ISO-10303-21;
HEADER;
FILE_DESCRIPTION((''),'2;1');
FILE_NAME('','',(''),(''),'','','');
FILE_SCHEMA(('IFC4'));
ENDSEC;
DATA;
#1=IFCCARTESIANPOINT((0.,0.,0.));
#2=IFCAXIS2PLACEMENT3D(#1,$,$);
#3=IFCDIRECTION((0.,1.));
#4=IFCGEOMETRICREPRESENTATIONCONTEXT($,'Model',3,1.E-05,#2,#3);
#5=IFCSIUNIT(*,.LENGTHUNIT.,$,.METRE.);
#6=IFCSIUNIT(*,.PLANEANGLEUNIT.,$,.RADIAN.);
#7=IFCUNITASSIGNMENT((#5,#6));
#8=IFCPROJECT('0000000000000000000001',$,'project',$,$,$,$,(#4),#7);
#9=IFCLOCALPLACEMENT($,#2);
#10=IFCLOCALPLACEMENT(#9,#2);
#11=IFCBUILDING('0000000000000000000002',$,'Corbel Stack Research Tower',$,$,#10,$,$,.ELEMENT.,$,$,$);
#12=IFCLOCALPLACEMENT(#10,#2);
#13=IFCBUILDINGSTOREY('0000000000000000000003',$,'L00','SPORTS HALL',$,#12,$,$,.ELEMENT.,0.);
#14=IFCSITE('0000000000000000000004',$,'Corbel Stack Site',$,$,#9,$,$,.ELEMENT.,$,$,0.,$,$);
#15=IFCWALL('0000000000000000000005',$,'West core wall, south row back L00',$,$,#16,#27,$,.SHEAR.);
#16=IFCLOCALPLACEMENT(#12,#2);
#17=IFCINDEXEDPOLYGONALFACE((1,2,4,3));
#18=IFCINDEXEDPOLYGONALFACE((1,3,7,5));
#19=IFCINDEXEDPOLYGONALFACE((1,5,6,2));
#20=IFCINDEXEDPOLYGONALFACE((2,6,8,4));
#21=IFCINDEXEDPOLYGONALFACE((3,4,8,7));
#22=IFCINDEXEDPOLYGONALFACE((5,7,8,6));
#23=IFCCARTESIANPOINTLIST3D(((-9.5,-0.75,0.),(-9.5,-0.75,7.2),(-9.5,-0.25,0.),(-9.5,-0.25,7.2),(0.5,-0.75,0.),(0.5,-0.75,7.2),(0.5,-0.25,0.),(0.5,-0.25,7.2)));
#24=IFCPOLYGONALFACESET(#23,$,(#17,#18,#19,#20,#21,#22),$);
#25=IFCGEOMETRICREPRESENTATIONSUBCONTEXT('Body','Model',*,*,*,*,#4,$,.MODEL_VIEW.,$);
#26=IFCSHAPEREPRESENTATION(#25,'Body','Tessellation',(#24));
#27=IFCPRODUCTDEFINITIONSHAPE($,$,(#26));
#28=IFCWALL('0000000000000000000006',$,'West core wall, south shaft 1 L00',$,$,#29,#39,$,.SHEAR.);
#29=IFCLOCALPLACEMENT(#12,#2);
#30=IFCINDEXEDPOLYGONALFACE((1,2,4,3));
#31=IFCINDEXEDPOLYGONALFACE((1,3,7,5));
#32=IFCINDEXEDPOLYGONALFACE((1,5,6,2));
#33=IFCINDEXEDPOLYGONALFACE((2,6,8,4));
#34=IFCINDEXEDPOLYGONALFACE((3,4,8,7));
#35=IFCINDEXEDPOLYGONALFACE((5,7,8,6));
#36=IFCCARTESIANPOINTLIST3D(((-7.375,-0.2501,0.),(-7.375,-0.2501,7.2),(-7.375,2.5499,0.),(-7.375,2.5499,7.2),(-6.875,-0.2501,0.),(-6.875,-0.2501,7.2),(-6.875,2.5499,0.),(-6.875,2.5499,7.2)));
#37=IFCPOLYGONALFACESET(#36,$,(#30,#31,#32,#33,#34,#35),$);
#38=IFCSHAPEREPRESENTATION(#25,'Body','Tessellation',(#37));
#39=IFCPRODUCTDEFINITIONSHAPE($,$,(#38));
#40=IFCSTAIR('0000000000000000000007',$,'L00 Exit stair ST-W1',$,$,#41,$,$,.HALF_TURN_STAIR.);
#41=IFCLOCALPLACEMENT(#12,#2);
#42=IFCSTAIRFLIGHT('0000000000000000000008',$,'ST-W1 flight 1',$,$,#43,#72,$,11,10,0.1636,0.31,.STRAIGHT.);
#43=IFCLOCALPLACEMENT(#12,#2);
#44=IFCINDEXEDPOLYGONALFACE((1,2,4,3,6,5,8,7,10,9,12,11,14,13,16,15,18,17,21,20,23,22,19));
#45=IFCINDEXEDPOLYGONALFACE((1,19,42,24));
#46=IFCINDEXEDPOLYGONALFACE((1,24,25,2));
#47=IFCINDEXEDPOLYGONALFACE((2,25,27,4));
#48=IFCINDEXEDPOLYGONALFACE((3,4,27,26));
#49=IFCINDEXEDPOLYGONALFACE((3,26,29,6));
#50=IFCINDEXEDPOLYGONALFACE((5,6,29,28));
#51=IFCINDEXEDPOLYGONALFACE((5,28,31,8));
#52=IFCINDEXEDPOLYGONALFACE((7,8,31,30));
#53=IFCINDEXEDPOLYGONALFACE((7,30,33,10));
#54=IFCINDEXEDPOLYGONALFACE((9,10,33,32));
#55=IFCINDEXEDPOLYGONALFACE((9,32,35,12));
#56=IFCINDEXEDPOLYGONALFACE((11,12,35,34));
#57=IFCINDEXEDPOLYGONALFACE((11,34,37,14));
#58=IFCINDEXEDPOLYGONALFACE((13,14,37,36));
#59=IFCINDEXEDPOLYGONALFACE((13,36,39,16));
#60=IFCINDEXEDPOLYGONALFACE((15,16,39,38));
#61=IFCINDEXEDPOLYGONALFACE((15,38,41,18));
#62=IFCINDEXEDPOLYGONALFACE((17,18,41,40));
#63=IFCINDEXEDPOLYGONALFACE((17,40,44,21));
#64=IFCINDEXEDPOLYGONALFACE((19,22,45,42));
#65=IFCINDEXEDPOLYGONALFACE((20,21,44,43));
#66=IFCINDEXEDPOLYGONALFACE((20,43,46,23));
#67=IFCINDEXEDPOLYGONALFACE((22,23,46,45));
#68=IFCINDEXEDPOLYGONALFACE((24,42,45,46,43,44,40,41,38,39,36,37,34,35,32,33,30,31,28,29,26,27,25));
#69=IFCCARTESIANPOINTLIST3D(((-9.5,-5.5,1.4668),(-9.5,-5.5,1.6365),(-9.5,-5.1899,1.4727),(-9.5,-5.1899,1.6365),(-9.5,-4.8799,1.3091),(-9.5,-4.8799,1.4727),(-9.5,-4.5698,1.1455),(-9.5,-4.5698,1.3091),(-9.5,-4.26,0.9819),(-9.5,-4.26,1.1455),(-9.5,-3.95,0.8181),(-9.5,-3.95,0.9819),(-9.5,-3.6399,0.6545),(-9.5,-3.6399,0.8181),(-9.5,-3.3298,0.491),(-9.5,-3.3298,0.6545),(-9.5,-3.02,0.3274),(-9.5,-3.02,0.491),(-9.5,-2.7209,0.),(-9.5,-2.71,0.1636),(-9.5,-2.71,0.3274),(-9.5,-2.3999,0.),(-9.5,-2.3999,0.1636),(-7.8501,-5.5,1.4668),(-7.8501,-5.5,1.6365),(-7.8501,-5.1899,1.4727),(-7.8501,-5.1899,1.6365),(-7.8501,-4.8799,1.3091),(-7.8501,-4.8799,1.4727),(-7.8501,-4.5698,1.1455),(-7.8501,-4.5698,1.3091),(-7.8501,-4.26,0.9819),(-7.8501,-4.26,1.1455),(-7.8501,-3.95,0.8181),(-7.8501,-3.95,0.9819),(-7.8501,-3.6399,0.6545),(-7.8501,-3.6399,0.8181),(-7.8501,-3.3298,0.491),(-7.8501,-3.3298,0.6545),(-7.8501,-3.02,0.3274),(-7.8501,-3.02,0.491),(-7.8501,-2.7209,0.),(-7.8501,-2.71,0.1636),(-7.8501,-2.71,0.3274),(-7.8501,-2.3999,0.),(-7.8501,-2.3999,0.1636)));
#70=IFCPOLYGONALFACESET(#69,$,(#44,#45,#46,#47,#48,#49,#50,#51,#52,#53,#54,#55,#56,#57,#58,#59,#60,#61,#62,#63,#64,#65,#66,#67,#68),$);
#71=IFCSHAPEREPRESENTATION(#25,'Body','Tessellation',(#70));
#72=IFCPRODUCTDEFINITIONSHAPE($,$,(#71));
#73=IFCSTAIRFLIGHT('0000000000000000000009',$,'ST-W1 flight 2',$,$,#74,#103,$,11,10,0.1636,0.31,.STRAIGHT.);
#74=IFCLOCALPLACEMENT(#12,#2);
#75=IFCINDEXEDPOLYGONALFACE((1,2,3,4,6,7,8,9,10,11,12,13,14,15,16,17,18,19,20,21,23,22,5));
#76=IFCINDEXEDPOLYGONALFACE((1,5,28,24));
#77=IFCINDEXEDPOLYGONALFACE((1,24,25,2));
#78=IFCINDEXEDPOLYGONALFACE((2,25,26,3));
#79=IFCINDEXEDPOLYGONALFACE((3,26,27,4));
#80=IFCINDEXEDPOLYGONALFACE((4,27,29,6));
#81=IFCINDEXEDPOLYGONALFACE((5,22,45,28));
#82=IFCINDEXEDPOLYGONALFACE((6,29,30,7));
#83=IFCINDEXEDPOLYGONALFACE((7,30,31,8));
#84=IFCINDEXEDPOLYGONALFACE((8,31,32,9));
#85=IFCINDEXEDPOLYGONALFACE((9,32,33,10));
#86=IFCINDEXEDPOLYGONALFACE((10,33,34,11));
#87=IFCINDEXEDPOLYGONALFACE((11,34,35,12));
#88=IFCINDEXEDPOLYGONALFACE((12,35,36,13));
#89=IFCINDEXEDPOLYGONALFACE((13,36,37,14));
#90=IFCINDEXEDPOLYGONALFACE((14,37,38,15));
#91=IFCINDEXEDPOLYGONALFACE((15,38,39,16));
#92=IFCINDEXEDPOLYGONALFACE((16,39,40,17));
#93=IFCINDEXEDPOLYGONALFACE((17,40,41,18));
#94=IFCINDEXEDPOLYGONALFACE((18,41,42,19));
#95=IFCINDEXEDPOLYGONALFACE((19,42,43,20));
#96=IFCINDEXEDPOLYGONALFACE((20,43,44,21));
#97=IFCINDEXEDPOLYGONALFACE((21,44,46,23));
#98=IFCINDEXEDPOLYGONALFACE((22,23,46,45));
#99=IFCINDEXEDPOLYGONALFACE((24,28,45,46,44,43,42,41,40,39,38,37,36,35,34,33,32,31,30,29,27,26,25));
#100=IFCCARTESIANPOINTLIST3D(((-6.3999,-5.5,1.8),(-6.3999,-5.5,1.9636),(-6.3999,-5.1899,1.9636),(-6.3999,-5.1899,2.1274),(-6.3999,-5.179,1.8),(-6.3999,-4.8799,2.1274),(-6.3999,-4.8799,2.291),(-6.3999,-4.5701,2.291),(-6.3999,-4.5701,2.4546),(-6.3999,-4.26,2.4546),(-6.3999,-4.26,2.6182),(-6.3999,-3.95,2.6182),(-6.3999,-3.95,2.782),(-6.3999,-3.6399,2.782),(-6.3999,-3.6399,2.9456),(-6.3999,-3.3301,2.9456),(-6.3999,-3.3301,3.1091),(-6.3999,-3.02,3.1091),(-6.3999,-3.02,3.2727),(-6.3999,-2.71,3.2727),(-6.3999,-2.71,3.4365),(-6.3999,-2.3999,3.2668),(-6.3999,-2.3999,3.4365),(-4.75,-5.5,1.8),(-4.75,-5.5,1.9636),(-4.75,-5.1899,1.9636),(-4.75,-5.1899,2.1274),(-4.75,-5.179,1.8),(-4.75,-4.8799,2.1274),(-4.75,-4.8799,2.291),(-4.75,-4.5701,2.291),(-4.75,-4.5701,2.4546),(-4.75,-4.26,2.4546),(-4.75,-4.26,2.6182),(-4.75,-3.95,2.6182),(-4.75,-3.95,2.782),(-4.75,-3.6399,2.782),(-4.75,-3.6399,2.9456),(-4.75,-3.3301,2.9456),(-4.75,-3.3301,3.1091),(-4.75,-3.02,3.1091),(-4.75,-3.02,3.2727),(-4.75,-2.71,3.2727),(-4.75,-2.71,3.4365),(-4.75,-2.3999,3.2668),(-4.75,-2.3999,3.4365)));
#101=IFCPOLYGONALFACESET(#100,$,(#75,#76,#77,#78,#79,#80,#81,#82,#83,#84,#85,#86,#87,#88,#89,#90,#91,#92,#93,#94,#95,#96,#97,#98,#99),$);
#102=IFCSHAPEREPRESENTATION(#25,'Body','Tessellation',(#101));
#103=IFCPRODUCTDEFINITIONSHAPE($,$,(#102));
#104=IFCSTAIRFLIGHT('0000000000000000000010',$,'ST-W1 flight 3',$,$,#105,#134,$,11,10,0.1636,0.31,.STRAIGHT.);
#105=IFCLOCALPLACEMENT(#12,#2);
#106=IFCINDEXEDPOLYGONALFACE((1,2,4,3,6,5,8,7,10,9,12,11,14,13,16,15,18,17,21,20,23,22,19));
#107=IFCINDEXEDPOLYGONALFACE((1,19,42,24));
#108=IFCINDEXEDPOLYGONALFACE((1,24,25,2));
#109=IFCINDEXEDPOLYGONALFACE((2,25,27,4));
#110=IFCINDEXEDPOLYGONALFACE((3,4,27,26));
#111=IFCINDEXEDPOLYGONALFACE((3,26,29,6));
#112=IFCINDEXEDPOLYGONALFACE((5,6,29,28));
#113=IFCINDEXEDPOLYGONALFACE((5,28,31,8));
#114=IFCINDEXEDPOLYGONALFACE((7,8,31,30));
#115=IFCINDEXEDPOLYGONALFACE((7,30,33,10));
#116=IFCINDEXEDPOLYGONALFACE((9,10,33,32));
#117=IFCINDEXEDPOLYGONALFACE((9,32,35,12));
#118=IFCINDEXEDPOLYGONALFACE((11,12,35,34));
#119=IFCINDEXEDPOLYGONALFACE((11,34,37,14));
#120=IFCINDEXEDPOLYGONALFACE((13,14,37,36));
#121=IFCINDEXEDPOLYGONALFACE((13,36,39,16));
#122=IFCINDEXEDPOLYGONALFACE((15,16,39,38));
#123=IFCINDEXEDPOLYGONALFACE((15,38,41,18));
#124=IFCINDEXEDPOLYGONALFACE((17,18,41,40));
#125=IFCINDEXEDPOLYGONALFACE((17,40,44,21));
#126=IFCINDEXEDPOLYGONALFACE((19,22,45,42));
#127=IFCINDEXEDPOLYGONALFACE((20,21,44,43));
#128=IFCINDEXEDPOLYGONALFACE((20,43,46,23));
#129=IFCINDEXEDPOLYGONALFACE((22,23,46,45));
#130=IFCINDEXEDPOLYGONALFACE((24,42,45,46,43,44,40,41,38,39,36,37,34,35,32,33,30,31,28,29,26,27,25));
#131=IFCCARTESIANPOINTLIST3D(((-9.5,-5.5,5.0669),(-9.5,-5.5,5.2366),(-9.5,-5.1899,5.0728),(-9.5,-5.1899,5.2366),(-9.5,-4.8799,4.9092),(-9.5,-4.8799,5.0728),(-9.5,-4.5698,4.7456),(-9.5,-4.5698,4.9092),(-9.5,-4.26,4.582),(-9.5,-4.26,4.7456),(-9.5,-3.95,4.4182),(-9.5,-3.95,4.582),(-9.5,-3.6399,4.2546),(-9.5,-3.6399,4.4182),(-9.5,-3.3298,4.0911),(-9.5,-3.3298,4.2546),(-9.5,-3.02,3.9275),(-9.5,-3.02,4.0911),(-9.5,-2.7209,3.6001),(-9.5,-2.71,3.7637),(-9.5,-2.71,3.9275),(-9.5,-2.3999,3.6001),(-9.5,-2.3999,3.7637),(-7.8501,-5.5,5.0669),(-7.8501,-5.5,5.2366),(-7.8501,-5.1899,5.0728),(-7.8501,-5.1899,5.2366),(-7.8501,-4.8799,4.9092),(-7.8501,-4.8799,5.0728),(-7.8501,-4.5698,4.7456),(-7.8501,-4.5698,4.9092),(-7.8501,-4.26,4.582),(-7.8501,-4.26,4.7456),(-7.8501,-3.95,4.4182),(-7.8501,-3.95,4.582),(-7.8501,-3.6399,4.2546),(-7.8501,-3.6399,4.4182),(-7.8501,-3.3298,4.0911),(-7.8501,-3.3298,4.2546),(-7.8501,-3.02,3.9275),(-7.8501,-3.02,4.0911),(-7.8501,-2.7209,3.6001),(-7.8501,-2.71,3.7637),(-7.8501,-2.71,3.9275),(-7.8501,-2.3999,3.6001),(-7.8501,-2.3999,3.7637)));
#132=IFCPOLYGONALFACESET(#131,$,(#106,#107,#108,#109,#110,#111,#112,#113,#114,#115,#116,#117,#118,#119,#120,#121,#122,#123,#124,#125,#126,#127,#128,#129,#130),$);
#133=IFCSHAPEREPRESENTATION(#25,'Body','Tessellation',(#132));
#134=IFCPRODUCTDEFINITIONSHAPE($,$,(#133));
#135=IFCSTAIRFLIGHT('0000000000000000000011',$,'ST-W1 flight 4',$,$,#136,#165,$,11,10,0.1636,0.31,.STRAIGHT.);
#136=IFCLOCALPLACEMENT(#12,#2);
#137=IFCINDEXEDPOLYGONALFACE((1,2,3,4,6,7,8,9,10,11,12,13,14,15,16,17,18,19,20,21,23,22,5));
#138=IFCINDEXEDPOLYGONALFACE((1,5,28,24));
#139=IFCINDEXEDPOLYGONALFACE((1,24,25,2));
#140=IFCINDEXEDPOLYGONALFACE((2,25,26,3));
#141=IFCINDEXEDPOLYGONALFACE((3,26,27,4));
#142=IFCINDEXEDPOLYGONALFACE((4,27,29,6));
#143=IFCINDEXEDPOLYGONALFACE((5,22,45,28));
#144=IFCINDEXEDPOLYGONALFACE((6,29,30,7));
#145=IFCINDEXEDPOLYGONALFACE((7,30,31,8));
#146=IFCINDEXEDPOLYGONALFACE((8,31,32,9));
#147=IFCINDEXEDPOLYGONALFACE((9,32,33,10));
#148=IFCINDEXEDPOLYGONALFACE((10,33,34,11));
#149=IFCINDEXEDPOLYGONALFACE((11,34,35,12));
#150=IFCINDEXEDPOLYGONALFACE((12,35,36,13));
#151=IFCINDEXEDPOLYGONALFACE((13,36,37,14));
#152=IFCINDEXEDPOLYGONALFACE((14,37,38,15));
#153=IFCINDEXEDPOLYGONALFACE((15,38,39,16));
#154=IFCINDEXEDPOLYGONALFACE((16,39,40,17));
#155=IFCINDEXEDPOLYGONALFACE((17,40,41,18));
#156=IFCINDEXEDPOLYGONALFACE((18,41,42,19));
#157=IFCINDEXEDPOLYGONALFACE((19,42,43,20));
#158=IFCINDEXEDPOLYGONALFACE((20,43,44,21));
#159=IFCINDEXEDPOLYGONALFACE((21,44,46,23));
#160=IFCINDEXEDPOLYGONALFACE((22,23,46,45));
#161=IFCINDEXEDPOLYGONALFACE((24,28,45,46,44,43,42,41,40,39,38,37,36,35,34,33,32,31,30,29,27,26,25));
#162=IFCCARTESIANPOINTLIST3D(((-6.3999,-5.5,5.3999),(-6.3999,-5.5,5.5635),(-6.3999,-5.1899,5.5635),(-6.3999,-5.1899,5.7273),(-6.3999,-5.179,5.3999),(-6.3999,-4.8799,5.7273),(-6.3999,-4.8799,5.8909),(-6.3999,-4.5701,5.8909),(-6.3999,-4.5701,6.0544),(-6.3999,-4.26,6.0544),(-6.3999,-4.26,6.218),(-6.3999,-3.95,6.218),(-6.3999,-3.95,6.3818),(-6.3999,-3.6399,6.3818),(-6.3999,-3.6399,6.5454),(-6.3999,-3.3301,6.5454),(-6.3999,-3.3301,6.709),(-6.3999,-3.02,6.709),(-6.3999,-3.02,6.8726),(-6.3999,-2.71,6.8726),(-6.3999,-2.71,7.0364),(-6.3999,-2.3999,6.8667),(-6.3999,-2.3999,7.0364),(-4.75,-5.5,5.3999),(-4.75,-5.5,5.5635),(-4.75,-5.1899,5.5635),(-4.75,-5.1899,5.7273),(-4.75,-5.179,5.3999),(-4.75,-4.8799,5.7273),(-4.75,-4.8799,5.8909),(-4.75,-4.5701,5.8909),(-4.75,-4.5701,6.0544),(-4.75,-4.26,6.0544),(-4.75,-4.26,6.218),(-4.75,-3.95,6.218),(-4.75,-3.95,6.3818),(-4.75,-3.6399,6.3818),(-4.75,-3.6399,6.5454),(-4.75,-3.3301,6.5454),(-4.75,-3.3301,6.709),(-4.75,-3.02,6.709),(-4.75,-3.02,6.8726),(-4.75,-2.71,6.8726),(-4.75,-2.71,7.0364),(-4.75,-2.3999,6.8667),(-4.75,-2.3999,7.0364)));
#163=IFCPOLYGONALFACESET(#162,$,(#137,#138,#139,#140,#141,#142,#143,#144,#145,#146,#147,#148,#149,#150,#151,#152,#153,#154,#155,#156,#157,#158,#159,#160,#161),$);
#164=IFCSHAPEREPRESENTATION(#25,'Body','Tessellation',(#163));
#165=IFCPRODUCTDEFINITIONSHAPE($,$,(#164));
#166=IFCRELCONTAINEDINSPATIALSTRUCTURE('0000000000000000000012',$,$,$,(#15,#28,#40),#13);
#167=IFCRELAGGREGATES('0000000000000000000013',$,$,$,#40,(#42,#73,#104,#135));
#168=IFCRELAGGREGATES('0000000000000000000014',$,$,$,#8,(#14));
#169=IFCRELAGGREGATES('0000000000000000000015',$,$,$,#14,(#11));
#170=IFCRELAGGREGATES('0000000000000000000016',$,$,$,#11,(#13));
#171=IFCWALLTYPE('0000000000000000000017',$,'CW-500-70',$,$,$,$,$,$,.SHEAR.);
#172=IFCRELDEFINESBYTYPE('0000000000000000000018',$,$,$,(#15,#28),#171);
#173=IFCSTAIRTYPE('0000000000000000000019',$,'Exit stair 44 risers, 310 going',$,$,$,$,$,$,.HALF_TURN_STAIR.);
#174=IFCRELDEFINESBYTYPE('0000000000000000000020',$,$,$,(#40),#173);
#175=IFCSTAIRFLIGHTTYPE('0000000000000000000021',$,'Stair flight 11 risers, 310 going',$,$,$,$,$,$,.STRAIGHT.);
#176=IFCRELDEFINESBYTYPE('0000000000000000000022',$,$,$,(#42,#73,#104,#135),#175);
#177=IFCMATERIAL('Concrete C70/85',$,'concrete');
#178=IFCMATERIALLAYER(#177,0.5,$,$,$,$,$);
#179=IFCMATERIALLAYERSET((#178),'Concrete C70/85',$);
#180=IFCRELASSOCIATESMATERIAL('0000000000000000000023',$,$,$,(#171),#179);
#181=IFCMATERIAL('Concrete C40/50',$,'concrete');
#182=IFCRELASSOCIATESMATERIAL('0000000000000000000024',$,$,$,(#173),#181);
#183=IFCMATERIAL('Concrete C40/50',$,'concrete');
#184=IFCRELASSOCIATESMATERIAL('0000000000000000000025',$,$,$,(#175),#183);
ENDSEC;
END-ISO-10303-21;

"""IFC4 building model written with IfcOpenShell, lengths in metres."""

from ifc_helpers import new_model, si_unit, direction, frame, frame_2d, origin, place, context, subcontext, project, spatial, polyline, rectangle, outline, extrude, material, layer, layer_set, type_object, element, aggregate, save


model = new_model("IFC4")

# Units and contexts
model_context = context("Model", 3, precision=1e-05, world=origin(), true_north=direction((0.0, 1.0)))
body_context = subcontext(model_context, "Body", "Model", "MODEL_VIEW")
ifc_project = project(units=[si_unit("LENGTHUNIT", "METRE"), si_unit("PLANEANGLEUNIT", "RADIAN")], contexts=[model_context])

# Site, building, storey
site_placement = place(None, origin())
site = spatial("IfcSite", under=ifc_project, at=site_placement, Name="Corbel Stack Site", CompositionType="ELEMENT", RefElevation=0.0)
building_placement = place(site_placement, origin())
building = spatial("IfcBuilding", under=site, at=building_placement, Name="Corbel Stack Research Tower", CompositionType="ELEMENT")
storey_placement = place(building_placement, origin())
storey = spatial("IfcBuildingStorey", under=building, at=storey_placement, Name="L00", Description="SPORTS HALL", CompositionType="ELEMENT", Elevation=0.0)

# Walls
ifc_material_1 = material(Name="Concrete C70/85", Category="concrete")
ifc_layer = layer(ifc_material_1, 0.5)
ifc_layer_set = layer_set([ifc_layer], Name="Concrete C70/85")
wall_type = type_object("IfcWallType", Name="CW-500-70", PredefinedType="SHEAR", material=ifc_layer_set)
wall_1_placement = place(storey_placement, frame((-9.5, -0.5, 0.0), z_axis=(0.0, 0.0, 1.0), x_axis=(1.0, 0.0, 0.0)))
element("IfcWall", 1, at=wall_1_placement, inside=storey, type_object=wall_type, Name="West core wall, south row back L00", PredefinedType="SHEAR", context=body_context, shape_type="SweptSolid", body=[
    extrude(rectangle(XDim=10.0, YDim=0.5, at=frame_2d((5.0, 0.0))), origin(), (0.0, 0.0, 1.0), 7.2),
])
wall_2_placement = place(storey_placement, frame((-7.125, -0.25, 0.0), z_axis=(0.0, 0.0, 1.0), x_axis=(0.0, 1.0, 0.0)))
element("IfcWall", 2, at=wall_2_placement, inside=storey, type_object=wall_type, Name="West core wall, south shaft 1 L00", PredefinedType="SHEAR", context=body_context, shape_type="SweptSolid", body=[
    extrude(rectangle(XDim=2.8, YDim=0.5, at=frame_2d((1.3999, 0.0))), origin(), (0.0, 0.0, 1.0), 7.2),
])

# Stair, stair flights
ifc_material_2 = material(Name="Concrete C40/50", Category="concrete")
stair_type = type_object("IfcStairType", Name="Exit stair 44 risers, 310 going", PredefinedType="HALF_TURN_STAIR", material=ifc_material_2)
stair_placement = place(storey_placement, origin())
stair = element("IfcStair", 3, at=stair_placement, inside=storey, type_object=stair_type, Name="L00 Exit stair ST-W1", PredefinedType="HALF_TURN_STAIR")
ifc_material_3 = material(Name="Concrete C40/50", Category="concrete")
stair_flight_type = type_object("IfcStairFlightType", Name="Stair flight 11 risers, 310 going", PredefinedType="STRAIGHT", material=ifc_material_3)
stair_flight_1_placement = place(storey_placement, frame((-8.675, -2.3999, 0.0), z_axis=(0.0, 0.0, 1.0), x_axis=(0.0, -1.0, 0.0)))
stair_flight_1 = element("IfcStairFlight", 4, at=stair_flight_1_placement, type_object=stair_flight_type, Name="ST-W1 flight 1", NumberOfRisers=11, NumberOfTreads=10, PredefinedType="STRAIGHT", RiserHeight=0.1636, TreadLength=0.31, context=body_context, shape_type="SweptSolid", body=[
    extrude(outline(polyline([(0.0, 0.0), (0.0, 0.1636), (0.3101, 0.1636), (0.3101, 0.3274), (0.6201, 0.3274), (0.6201, 0.491), (0.9299, 0.491), (0.9299, 0.6545), (1.24, 0.6545), (1.24, 0.8181), (1.55, 0.8181), (1.55, 0.9819), (1.8601, 0.9819), (1.8601, 1.1455), (2.1699, 1.1455), (2.1699, 1.3091), (2.48, 1.3091), (2.48, 1.4727), (2.79, 1.4727), (2.79, 1.6365), (3.1001, 1.6365), (3.1001, 1.8), (3.1001, 1.4668), (0.321, 0.0), (0.0, 0.0)])), frame((0.0, 0.825, 0.0), z_axis=(0.0, -1.0, 0.0), x_axis=(1.0, 0.0, 0.0)), (0.0, 0.0, 1.0), 1.6499),
])
stair_flight_2_placement = place(storey_placement, frame((-5.575, -5.5, 1.8), z_axis=(0.0, 0.0, 1.0), x_axis=(0.0, 1.0, 0.0)))
stair_flight_2 = element("IfcStairFlight", 5, at=stair_flight_2_placement, type_object=stair_flight_type, Name="ST-W1 flight 2", NumberOfRisers=11, NumberOfTreads=10, PredefinedType="STRAIGHT", RiserHeight=0.1636, TreadLength=0.31, context=body_context, shape_type="SweptSolid", body=[
    extrude(outline(polyline([(0.0, 0.0), (0.0, 0.1636), (0.3101, 0.1636), (0.3101, 0.3274), (0.6201, 0.3274), (0.6201, 0.491), (0.9299, 0.491), (0.9299, 0.6545), (1.24, 0.6545), (1.24, 0.8181), (1.55, 0.8181), (1.55, 0.9819), (1.8601, 0.9819), (1.8601, 1.1455), (2.1699, 1.1455), (2.1699, 1.3091), (2.48, 1.3091), (2.48, 1.4727), (2.79, 1.4727), (2.79, 1.6365), (3.1001, 1.6365), (3.1001, 1.8), (3.1001, 1.4668), (0.321, 0.0), (0.0, 0.0)])), frame((0.0, 0.825, 0.0), z_axis=(0.0, -1.0, 0.0), x_axis=(1.0, 0.0, 0.0)), (0.0, 0.0, 1.0), 1.6499),
])
stair_flight_3_placement = place(storey_placement, frame((-8.675, -2.3999, 3.6001), z_axis=(0.0, 0.0, 1.0), x_axis=(0.0, -1.0, 0.0)))
stair_flight_3 = element("IfcStairFlight", 6, at=stair_flight_3_placement, type_object=stair_flight_type, Name="ST-W1 flight 3", NumberOfRisers=11, NumberOfTreads=10, PredefinedType="STRAIGHT", RiserHeight=0.1636, TreadLength=0.31, context=body_context, shape_type="SweptSolid", body=[
    extrude(outline(polyline([(0.0, 0.0), (0.0, 0.1636), (0.3101, 0.1636), (0.3101, 0.3274), (0.6201, 0.3274), (0.6201, 0.491), (0.9299, 0.491), (0.9299, 0.6545), (1.24, 0.6545), (1.24, 0.8181), (1.55, 0.8181), (1.55, 0.9819), (1.8601, 0.9819), (1.8601, 1.1455), (2.1699, 1.1455), (2.1699, 1.3091), (2.48, 1.3091), (2.48, 1.4727), (2.79, 1.4727), (2.79, 1.6365), (3.1001, 1.6365), (3.1001, 1.8), (3.1001, 1.4668), (0.321, 0.0), (0.0, 0.0)])), frame((0.0, 0.825, 0.0), z_axis=(0.0, -1.0, 0.0), x_axis=(1.0, 0.0, 0.0)), (0.0, 0.0, 1.0), 1.6499),
])
stair_flight_4_placement = place(storey_placement, frame((-5.575, -5.5, 5.3999), z_axis=(0.0, 0.0, 1.0), x_axis=(0.0, 1.0, 0.0)))
stair_flight_4 = element("IfcStairFlight", 7, at=stair_flight_4_placement, type_object=stair_flight_type, Name="ST-W1 flight 4", NumberOfRisers=11, NumberOfTreads=10, PredefinedType="STRAIGHT", RiserHeight=0.1636, TreadLength=0.31, context=body_context, shape_type="SweptSolid", body=[
    extrude(outline(polyline([(0.0, 0.0), (0.0, 0.1636), (0.3101, 0.1636), (0.3101, 0.3274), (0.6201, 0.3274), (0.6201, 0.491), (0.9299, 0.491), (0.9299, 0.6545), (1.24, 0.6545), (1.24, 0.8181), (1.55, 0.8181), (1.55, 0.9819), (1.8601, 0.9819), (1.8601, 1.1455), (2.1699, 1.1455), (2.1699, 1.3091), (2.48, 1.3091), (2.48, 1.4727), (2.79, 1.4727), (2.79, 1.6365), (3.1001, 1.6365), (3.1001, 1.8), (3.1001, 1.4668), (0.321, 0.0), (0.0, 0.0)])), frame((0.0, 0.825, 0.0), z_axis=(0.0, -1.0, 0.0), x_axis=(1.0, 0.0, 0.0)), (0.0, 0.0, 1.0), 1.6499),
])
aggregate(stair, [stair_flight_1, stair_flight_2, stair_flight_3, stair_flight_4])

save(model, "model.ifc")
